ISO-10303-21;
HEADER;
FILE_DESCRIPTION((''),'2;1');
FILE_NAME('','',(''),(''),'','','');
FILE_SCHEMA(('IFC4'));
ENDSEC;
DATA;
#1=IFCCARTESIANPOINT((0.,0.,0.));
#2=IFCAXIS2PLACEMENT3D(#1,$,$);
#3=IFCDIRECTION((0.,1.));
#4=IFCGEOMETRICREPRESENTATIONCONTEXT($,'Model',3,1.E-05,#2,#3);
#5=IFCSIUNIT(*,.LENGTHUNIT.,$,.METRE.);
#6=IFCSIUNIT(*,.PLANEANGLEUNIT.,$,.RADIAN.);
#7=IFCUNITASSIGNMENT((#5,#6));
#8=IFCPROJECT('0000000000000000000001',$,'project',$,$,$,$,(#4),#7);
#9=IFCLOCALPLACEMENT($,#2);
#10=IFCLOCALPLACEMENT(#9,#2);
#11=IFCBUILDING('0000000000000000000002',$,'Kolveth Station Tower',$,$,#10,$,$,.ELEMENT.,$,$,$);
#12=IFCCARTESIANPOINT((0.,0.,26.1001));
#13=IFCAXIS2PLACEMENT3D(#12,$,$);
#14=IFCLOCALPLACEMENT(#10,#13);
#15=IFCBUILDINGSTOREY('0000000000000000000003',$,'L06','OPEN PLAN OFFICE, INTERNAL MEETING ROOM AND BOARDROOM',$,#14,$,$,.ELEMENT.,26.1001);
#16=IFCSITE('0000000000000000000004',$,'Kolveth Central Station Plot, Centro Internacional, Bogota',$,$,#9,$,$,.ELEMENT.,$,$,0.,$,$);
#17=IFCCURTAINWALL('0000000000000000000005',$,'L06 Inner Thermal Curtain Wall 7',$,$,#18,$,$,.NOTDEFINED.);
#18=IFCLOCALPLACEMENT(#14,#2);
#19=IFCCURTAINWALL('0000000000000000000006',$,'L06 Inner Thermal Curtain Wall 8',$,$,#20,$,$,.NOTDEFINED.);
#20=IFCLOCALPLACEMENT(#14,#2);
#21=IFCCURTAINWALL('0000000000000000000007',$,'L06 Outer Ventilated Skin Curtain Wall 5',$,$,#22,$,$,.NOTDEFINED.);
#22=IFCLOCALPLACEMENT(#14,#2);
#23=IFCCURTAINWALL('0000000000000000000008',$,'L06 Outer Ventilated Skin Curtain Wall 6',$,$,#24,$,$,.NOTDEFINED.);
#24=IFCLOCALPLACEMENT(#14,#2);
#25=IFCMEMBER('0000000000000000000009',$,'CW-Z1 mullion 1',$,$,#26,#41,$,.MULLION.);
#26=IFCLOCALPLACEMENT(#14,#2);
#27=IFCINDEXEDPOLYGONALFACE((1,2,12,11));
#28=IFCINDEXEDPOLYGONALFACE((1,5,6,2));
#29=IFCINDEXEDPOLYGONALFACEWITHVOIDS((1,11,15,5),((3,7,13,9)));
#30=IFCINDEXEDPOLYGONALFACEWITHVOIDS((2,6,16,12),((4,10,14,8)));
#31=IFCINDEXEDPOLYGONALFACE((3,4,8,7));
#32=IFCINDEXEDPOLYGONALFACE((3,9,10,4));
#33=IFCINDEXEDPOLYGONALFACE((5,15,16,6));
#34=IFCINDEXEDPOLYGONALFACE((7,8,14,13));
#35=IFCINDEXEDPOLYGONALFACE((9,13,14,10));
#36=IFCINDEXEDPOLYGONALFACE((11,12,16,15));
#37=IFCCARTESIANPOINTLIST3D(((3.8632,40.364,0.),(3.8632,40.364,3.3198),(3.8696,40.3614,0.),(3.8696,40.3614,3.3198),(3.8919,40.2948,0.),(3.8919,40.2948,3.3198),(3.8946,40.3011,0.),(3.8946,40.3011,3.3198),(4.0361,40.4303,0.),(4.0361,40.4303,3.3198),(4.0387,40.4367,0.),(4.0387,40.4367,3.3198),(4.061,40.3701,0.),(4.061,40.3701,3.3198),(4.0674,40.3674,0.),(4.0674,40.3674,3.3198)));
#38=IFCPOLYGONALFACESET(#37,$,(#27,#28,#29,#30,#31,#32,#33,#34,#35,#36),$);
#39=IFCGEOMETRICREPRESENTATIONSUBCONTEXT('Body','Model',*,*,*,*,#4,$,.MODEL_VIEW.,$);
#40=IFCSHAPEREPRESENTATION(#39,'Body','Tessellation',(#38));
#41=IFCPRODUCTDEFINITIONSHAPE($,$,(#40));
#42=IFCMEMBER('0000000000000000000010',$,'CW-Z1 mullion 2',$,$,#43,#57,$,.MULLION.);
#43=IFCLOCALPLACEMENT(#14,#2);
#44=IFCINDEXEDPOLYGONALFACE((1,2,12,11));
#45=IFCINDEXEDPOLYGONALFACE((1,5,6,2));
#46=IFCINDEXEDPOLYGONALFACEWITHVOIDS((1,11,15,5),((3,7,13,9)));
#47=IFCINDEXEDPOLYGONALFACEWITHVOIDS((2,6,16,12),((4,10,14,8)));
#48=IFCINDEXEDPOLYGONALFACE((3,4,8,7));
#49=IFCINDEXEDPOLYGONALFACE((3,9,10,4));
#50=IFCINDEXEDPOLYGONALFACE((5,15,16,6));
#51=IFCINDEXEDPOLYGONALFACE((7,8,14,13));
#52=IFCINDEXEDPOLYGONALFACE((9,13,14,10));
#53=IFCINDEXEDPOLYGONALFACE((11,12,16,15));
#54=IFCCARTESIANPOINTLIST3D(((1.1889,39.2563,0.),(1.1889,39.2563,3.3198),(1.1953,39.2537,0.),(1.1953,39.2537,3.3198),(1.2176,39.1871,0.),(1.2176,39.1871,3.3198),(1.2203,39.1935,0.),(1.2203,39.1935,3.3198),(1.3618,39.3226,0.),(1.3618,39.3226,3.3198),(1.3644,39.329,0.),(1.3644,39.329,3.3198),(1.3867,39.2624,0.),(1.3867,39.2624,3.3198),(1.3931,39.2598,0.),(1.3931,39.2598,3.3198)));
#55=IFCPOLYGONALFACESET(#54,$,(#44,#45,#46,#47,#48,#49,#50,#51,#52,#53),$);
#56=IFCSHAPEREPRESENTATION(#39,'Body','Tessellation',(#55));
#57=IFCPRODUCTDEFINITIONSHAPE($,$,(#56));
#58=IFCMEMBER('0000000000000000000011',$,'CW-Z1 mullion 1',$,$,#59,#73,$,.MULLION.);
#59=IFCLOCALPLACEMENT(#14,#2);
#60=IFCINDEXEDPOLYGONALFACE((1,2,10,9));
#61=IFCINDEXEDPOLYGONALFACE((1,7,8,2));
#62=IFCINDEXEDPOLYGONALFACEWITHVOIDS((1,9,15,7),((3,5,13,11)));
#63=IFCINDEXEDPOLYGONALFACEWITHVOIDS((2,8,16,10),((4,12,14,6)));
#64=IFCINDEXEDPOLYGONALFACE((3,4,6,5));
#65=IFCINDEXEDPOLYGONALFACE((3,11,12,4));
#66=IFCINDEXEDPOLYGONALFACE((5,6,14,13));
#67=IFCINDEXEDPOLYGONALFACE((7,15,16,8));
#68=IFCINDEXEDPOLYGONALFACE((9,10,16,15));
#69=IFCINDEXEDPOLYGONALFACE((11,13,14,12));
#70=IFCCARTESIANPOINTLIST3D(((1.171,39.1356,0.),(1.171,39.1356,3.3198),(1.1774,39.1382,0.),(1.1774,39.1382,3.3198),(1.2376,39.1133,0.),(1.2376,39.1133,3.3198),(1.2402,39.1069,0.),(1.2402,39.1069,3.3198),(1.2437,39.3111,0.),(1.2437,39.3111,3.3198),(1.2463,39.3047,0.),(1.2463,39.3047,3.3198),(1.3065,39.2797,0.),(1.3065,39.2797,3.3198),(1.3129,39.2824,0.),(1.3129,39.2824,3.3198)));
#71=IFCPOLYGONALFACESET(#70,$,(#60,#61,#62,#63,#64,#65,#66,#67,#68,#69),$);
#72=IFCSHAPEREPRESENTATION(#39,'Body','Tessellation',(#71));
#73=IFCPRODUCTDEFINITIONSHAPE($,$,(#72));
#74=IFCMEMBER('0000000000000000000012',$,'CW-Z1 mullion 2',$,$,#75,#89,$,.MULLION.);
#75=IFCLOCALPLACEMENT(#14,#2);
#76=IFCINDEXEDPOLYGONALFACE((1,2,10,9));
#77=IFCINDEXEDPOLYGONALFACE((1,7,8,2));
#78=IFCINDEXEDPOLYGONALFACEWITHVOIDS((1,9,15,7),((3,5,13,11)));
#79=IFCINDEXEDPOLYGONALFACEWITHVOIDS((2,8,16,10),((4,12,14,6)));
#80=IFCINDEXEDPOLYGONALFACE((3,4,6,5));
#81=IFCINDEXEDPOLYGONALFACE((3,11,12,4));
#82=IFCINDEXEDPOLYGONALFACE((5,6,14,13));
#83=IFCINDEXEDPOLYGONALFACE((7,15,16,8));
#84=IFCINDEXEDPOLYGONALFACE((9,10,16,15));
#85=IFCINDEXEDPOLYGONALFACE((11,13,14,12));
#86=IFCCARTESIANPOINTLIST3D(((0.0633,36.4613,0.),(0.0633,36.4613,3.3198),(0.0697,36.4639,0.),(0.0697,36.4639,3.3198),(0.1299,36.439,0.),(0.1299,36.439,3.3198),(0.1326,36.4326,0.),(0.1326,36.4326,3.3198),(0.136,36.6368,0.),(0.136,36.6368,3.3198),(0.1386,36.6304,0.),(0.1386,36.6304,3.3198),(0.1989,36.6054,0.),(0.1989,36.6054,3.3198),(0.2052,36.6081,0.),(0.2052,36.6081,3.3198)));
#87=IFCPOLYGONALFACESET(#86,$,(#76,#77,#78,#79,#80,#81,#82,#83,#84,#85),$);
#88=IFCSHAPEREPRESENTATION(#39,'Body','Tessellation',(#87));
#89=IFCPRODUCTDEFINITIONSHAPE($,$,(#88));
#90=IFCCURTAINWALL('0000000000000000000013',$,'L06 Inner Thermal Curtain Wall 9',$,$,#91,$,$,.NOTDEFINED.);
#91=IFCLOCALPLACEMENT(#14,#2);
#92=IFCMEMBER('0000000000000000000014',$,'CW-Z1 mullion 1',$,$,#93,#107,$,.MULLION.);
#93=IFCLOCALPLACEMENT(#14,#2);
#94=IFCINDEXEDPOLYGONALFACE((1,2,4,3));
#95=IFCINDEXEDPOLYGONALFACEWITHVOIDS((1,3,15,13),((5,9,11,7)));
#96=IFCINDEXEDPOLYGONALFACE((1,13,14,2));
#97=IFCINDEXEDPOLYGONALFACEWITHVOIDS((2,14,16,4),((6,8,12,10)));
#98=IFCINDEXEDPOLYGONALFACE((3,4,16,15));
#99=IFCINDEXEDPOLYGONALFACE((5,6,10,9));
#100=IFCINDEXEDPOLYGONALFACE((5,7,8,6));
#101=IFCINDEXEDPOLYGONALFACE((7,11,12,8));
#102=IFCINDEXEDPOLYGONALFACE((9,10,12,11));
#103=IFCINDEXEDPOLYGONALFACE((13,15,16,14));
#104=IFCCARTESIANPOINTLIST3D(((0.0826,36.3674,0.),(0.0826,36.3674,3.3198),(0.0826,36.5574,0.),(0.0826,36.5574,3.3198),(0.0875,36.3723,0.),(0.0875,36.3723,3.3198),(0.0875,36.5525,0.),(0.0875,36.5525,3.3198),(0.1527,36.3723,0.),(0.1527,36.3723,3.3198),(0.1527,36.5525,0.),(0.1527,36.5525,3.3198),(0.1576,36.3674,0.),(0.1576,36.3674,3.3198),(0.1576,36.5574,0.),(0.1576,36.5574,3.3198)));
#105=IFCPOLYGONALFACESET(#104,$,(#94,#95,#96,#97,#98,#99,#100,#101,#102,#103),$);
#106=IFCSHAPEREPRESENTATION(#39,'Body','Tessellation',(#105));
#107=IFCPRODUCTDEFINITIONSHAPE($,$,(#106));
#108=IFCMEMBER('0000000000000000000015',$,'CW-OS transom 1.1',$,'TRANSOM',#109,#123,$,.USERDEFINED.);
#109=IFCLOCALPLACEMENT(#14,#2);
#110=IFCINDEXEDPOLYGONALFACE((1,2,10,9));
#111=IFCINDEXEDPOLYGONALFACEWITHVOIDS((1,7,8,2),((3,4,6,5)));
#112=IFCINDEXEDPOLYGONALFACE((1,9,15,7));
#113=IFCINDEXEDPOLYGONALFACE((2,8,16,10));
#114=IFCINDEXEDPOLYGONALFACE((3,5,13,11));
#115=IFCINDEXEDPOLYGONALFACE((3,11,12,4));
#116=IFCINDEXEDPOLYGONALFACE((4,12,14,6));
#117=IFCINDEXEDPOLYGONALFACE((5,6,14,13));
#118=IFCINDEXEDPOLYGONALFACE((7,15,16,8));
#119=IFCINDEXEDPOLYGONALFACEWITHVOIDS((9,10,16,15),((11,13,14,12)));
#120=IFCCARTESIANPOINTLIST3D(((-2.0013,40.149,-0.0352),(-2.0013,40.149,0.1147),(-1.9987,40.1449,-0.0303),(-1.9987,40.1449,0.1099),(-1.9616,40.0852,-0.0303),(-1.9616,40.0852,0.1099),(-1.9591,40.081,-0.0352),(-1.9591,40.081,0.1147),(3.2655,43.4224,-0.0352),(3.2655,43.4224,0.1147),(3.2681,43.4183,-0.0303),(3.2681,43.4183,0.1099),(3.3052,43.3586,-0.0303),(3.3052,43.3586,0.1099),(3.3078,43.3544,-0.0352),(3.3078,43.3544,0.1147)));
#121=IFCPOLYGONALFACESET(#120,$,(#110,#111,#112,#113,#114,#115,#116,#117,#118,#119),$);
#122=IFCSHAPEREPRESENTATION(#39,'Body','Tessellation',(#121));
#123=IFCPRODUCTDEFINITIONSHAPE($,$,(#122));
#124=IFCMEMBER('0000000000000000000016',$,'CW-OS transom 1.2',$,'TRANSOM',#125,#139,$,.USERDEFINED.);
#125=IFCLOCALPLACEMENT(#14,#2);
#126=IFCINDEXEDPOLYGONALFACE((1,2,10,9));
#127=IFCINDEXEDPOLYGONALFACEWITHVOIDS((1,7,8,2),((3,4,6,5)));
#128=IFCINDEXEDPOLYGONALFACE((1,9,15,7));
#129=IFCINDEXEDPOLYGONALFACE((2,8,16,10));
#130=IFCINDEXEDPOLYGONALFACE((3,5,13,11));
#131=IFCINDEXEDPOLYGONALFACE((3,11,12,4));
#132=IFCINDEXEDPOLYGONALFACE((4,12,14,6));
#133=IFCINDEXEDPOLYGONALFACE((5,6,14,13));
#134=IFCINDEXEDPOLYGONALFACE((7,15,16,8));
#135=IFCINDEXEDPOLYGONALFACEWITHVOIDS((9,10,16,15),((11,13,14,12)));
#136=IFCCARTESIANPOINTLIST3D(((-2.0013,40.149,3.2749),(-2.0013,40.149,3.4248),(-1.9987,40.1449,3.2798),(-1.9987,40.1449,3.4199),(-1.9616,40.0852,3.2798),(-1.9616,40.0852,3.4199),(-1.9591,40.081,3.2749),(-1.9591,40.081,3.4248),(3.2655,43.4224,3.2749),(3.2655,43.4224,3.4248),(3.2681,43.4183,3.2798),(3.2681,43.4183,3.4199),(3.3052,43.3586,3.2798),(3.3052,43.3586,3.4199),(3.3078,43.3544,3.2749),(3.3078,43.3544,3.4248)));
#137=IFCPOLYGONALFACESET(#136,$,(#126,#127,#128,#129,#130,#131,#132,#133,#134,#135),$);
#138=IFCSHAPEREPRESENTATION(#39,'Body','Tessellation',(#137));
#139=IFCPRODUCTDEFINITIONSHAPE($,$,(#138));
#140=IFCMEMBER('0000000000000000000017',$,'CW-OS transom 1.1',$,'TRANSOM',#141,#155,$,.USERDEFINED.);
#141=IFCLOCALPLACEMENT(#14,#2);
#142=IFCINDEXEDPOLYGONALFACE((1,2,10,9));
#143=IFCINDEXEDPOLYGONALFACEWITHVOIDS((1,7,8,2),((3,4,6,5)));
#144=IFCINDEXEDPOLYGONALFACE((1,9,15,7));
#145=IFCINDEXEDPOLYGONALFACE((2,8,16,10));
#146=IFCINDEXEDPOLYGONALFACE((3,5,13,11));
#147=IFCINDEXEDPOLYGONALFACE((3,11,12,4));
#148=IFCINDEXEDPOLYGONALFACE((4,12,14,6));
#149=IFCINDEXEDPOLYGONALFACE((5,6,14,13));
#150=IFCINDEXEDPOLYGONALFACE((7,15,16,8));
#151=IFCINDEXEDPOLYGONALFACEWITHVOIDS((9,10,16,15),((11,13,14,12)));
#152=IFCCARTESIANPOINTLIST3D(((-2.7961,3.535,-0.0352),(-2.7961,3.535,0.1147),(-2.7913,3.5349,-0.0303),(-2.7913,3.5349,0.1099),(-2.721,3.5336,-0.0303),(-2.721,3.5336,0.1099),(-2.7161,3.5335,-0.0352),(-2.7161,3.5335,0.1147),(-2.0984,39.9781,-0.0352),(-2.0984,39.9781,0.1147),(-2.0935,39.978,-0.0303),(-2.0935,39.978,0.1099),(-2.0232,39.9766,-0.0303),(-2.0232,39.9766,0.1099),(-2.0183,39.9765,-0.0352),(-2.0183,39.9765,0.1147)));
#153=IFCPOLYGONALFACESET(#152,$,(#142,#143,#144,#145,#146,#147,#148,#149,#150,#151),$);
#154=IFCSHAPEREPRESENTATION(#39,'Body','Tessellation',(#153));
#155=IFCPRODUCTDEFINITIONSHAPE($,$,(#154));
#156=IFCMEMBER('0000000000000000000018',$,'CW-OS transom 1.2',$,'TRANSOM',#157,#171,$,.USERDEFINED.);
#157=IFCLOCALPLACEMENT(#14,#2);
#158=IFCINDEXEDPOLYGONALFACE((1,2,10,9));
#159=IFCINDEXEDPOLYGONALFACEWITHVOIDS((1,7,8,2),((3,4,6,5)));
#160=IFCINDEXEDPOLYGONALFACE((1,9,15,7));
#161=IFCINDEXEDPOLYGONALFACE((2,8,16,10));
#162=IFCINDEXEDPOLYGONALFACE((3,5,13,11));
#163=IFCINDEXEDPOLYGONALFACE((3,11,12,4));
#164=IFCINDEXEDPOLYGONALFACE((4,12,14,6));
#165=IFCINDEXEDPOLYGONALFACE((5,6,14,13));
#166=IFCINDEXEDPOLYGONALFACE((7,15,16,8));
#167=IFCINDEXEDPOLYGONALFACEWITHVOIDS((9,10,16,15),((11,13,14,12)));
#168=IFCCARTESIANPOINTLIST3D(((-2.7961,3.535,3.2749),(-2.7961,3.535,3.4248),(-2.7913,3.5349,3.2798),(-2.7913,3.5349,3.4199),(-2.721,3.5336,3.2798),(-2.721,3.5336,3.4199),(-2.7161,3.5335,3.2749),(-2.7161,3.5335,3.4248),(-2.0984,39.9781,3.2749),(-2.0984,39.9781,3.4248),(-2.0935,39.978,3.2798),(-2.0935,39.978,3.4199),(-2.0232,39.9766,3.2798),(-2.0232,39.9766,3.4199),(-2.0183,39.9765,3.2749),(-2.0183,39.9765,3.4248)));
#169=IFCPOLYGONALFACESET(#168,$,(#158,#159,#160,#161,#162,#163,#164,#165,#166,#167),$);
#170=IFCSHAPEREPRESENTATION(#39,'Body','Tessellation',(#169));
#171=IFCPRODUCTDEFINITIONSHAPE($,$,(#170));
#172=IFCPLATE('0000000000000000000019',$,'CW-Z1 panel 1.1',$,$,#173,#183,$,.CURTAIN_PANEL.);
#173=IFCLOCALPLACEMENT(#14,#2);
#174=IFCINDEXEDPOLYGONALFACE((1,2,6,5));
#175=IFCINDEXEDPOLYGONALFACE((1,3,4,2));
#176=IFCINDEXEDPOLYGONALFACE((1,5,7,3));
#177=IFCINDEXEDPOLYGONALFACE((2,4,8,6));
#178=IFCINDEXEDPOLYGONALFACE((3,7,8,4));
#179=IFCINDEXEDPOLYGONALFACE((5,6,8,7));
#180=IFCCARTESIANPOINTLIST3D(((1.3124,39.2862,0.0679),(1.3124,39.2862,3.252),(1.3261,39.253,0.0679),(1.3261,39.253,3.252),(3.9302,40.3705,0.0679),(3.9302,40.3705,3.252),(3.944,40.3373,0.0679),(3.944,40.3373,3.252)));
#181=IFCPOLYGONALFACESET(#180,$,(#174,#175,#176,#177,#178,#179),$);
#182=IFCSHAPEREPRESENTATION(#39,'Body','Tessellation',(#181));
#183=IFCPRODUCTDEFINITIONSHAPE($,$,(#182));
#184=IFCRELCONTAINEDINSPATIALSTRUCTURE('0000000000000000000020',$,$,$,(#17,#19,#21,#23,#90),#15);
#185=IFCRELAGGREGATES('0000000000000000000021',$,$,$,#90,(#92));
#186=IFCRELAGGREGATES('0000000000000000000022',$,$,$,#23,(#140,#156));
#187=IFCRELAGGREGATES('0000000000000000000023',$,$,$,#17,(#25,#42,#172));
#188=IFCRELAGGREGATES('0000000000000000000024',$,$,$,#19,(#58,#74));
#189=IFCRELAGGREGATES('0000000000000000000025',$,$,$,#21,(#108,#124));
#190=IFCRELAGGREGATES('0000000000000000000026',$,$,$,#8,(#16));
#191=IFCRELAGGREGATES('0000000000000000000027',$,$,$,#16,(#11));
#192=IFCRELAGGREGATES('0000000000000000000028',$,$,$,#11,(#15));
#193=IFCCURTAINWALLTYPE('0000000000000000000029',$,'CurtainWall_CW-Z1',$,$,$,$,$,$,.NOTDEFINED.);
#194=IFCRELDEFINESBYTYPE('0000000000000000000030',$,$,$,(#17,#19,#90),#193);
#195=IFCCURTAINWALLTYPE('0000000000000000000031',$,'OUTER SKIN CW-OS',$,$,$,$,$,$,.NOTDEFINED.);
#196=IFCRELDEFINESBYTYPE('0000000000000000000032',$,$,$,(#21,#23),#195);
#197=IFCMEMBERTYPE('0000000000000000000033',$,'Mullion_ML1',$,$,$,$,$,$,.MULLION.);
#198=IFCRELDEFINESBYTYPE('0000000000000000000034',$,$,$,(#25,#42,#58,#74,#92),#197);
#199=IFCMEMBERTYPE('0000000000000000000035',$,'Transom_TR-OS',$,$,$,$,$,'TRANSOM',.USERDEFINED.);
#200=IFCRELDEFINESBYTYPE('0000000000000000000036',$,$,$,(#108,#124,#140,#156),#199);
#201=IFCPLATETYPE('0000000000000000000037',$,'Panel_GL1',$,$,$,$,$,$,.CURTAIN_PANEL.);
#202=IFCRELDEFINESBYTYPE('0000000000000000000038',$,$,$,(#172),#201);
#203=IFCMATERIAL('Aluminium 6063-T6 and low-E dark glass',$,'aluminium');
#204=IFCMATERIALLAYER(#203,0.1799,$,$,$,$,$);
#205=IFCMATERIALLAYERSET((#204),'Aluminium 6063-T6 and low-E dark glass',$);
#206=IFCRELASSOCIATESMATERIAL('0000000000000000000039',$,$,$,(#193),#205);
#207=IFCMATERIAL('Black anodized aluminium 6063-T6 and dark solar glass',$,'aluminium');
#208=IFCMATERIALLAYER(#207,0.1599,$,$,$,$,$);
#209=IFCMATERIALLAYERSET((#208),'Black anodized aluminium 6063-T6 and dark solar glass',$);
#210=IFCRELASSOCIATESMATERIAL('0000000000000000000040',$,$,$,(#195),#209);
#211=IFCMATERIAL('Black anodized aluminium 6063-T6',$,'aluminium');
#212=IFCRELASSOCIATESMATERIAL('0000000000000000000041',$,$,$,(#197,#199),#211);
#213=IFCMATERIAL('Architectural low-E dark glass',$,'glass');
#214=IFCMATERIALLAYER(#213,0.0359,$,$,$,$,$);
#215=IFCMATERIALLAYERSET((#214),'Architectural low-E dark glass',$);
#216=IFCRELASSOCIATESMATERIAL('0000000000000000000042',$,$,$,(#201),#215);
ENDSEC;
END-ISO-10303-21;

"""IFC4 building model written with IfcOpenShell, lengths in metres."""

from ifc_helpers import new_model, si_unit, direction, frame, origin, origin_2d, place, context, subcontext, project, spatial, rectangle, hollow_rectangle, extrude, source, transform, mapped, material, layer, layer_set, material_profile, profile_set, type_object, element, aggregate, save


model = new_model("IFC4")

# Units and contexts
model_context = context("Model", 3, precision=1e-05, world=origin(), true_north=direction((0.0, 1.0)))
body_context = subcontext(model_context, "Body", "Model", "MODEL_VIEW")
ifc_project = project(units=[si_unit("LENGTHUNIT", "METRE"), si_unit("PLANEANGLEUNIT", "RADIAN")], contexts=[model_context])

# Site, building, storey
site_placement = place(None, origin())
site = spatial("IfcSite", under=ifc_project, at=site_placement, Name="Kolveth Central Station Plot, Centro Internacional, Bogota", CompositionType="ELEMENT", RefElevation=0.0)
building_placement = place(site_placement, origin())
building = spatial("IfcBuilding", under=site, at=building_placement, Name="Kolveth Station Tower", CompositionType="ELEMENT")
storey_placement = place(building_placement, frame((0.0, 0.0, 26.1001)))
storey = spatial("IfcBuildingStorey", under=building, at=storey_placement, Name="L06", Description="OPEN PLAN OFFICE, INTERNAL MEETING ROOM AND BOARDROOM", CompositionType="ELEMENT", Elevation=26.1001)

# Curtain walls
ifc_material_1 = material(Name="Aluminium 6063-T6 and low-E dark glass", Category="aluminium")
ifc_layer_1 = layer(ifc_material_1, 0.1799)
ifc_layer_set_1 = layer_set([ifc_layer_1], Name="Aluminium 6063-T6 and low-E dark glass")
curtain_wall_type_1 = type_object("IfcCurtainWallType", Name="CurtainWall_CW-Z1", PredefinedType="NOTDEFINED", material=ifc_layer_set_1)
curtain_wall_1_placement = place(storey_placement, origin())
curtain_wall_1 = element("IfcCurtainWall", 1, at=curtain_wall_1_placement, inside=storey, type_object=curtain_wall_type_1, Name="L06 Inner Thermal Curtain Wall 7", PredefinedType="NOTDEFINED")
ifc_material_2 = material(Name="Black anodized aluminium 6063-T6", Category="aluminium")
curtain_wall_2_placement = place(storey_placement, origin())
curtain_wall_2 = element("IfcCurtainWall", 2, at=curtain_wall_2_placement, inside=storey, type_object=curtain_wall_type_1, Name="L06 Inner Thermal Curtain Wall 8", PredefinedType="NOTDEFINED")

# Shared definitions
ifc_material_3 = material(Name="Black anodized aluminium 6063-T6 and dark solar glass", Category="aluminium")
ifc_layer_2 = layer(ifc_material_3, 0.1599)
ifc_layer_set_2 = layer_set([ifc_layer_2], Name="Black anodized aluminium 6063-T6 and dark solar glass")
curtain_wall_type_2 = type_object("IfcCurtainWallType", Name="OUTER SKIN CW-OS", PredefinedType="NOTDEFINED", material=ifc_layer_set_2)

# Curtain wall
curtain_wall_3_placement = place(storey_placement, origin())
curtain_wall_3 = element("IfcCurtainWall", 3, at=curtain_wall_3_placement, inside=storey, type_object=curtain_wall_type_2, Name="L06 Outer Ventilated Skin Curtain Wall 5", PredefinedType="NOTDEFINED")

# Curtain wall
curtain_wall_4_placement = place(storey_placement, origin())
curtain_wall_4 = element("IfcCurtainWall", 4, at=curtain_wall_4_placement, inside=storey, type_object=curtain_wall_type_2, Name="L06 Outer Ventilated Skin Curtain Wall 6", PredefinedType="NOTDEFINED")
ifc_material_profile_1 = material_profile(ifc_material_2, hollow_rectangle(XDim=0.075, YDim=0.1899, WallThickness=0.0049, at=origin_2d()), Name="ALU-75x190x5")
ifc_profile_set_1 = profile_set([ifc_material_profile_1], Name="Black anodized aluminium 6063-T6")
member_type_1 = type_object("IfcMemberType", Name="Mullion_ML1", PredefinedType="MULLION", material=ifc_profile_set_1)
shared_shape_1 = source(origin(), body_context, "Body", "SweptSolid", [
    extrude(hollow_rectangle(XDim=0.075, YDim=0.1899, WallThickness=0.0049, at=origin_2d()), origin(), (0.0, 0.0, 1.0), 3.3198),
])

# Members
member_1_placement = place(storey_placement, frame((3.9653, 40.3657, 0.0), z_axis=(0.0, 0.0, 1.0), x_axis=(0.382673, -0.923884, 0.0)))
member_1 = element("IfcMember", 5, at=member_1_placement, type_object=member_type_1, Name="CW-Z1 mullion 1", PredefinedType="MULLION", context=body_context, shape_type="MappedRepresentation", body=[
    mapped(shared_shape_1, transform((0.0, 0.0, 0.0), x_axis=(1.0, 0.0, 0.0), y_axis=(0.0, 1.0, 0.0), z_axis=(0.0, 0.0, 1.0), scale=1.0)),
])
member_2_placement = place(storey_placement, frame((1.291, 39.2581, 0.0), z_axis=(0.0, 0.0, 1.0), x_axis=(0.382673, -0.923884, 0.0)))
member_2 = element("IfcMember", 6, at=member_2_placement, type_object=member_type_1, Name="CW-Z1 mullion 2", PredefinedType="MULLION", context=body_context, shape_type="MappedRepresentation", body=[
    mapped(shared_shape_1, transform((0.0, 0.0, 0.0), x_axis=(1.0, 0.0, 0.0), y_axis=(0.0, 1.0, 0.0), z_axis=(0.0, 0.0, 1.0), scale=1.0)),
])
member_3_placement = place(storey_placement, frame((1.2419, 39.209, 0.0), z_axis=(0.0, 0.0, 1.0), x_axis=(0.923884, -0.382673, 0.0)))
member_3 = element("IfcMember", 7, at=member_3_placement, type_object=member_type_1, Name="CW-Z1 mullion 1", PredefinedType="MULLION", context=body_context, shape_type="MappedRepresentation", body=[
    mapped(shared_shape_1, transform((0.0, 0.0, 0.0), x_axis=(1.0, 0.0, 0.0), y_axis=(0.0, 1.0, 0.0), z_axis=(0.0, 0.0, 1.0), scale=1.0)),
])
member_4_placement = place(storey_placement, frame((0.1343, 36.5347, 0.0), z_axis=(0.0, 0.0, 1.0), x_axis=(0.923884, -0.382673, 0.0)))
member_4 = element("IfcMember", 8, at=member_4_placement, type_object=member_type_1, Name="CW-Z1 mullion 2", PredefinedType="MULLION", context=body_context, shape_type="MappedRepresentation", body=[
    mapped(shared_shape_1, transform((0.0, 0.0, 0.0), x_axis=(1.0, 0.0, 0.0), y_axis=(0.0, 1.0, 0.0), z_axis=(0.0, 0.0, 1.0), scale=1.0)),
])

# Curtain wall, member
curtain_wall_5_placement = place(storey_placement, origin())
curtain_wall_5 = element("IfcCurtainWall", 9, at=curtain_wall_5_placement, inside=storey, type_object=curtain_wall_type_1, Name="L06 Inner Thermal Curtain Wall 9", PredefinedType="NOTDEFINED")
member_5_placement = place(storey_placement, frame((0.1201, 36.4624, 0.0), z_axis=(0.0, 0.0, 1.0), x_axis=(1.0, 0.0, 0.0)))
member_5 = element("IfcMember", 10, at=member_5_placement, type_object=member_type_1, Name="CW-Z1 mullion 1", PredefinedType="MULLION", context=body_context, shape_type="MappedRepresentation", body=[
    mapped(shared_shape_1, transform((0.0, 0.0, 0.0), x_axis=(1.0, 0.0, 0.0), y_axis=(0.0, 1.0, 0.0), z_axis=(0.0, 0.0, 1.0), scale=1.0)),
])
aggregate(curtain_wall_5, [member_5])

# Members
ifc_material_profile_2 = material_profile(ifc_material_2, hollow_rectangle(XDim=0.0801, YDim=0.1499, WallThickness=0.0049, at=origin_2d()), Name="ALU-80x150x5")
ifc_profile_set_2 = profile_set([ifc_material_profile_2], Name="Black anodized aluminium 6063-T6")
member_type_2 = type_object("IfcMemberType", Name="Transom_TR-OS", ElementType="TRANSOM", PredefinedType="USERDEFINED", material=ifc_profile_set_2)
shared_shape_2 = source(origin(), body_context, "Body", "SweptSolid", [
    extrude(hollow_rectangle(XDim=0.0801, YDim=0.1499, WallThickness=0.0049, at=origin_2d()), origin(), (0.0, 0.0, 1.0), 6.2012),
])
member_6_placement = place(storey_placement, frame((3.2866, 43.3884, 0.0398), z_axis=(-0.849325, -0.52787, 0.0), x_axis=(0.52787, -0.849325, 0.0)))
member_6 = element("IfcMember", 11, at=member_6_placement, type_object=member_type_2, Name="CW-OS transom 1.1", ObjectType="TRANSOM", PredefinedType="USERDEFINED", context=body_context, shape_type="MappedRepresentation", body=[
    mapped(shared_shape_2, transform((0.0, 0.0, 0.0), x_axis=(1.0, 0.0, 0.0), y_axis=(0.0, 1.0, 0.0), z_axis=(0.0, 0.0, 1.0), scale=1.0)),
])
member_7_placement = place(storey_placement, frame((3.2866, 43.3884, 3.3499), z_axis=(-0.849325, -0.52787, 0.0), x_axis=(0.52787, -0.849325, 0.0)))
member_7 = element("IfcMember", 12, at=member_7_placement, type_object=member_type_2, Name="CW-OS transom 1.2", ObjectType="TRANSOM", PredefinedType="USERDEFINED", context=body_context, shape_type="MappedRepresentation", body=[
    mapped(shared_shape_2, transform((0.0, 0.0, 0.0), x_axis=(1.0, 0.0, 0.0), y_axis=(0.0, 1.0, 0.0), z_axis=(0.0, 0.0, 1.0), scale=1.0)),
])
shared_shape_3 = source(origin(), body_context, "Body", "SweptSolid", [
    extrude(hollow_rectangle(XDim=0.0801, YDim=0.1499, WallThickness=0.0049, at=origin_2d()), origin(), (0.0, 0.0, 1.0), 36.4497),
])
member_8_placement = place(storey_placement, frame((-2.0583, 39.9773, 0.0398), z_axis=(-0.019143, -0.999817, 0.0), x_axis=(0.999817, -0.019143, 0.0)))
member_8 = element("IfcMember", 13, at=member_8_placement, type_object=member_type_2, Name="CW-OS transom 1.1", ObjectType="TRANSOM", PredefinedType="USERDEFINED", context=body_context, shape_type="MappedRepresentation", body=[
    mapped(shared_shape_3, transform((0.0, 0.0, 0.0), x_axis=(1.0, 0.0, 0.0), y_axis=(0.0, 1.0, 0.0), z_axis=(0.0, 0.0, 1.0), scale=1.0)),
])
member_9_placement = place(storey_placement, frame((-2.0583, 39.9773, 3.3499), z_axis=(-0.019143, -0.999817, 0.0), x_axis=(0.999817, -0.019143, 0.0)))
member_9 = element("IfcMember", 14, at=member_9_placement, type_object=member_type_2, Name="CW-OS transom 1.2", ObjectType="TRANSOM", PredefinedType="USERDEFINED", context=body_context, shape_type="MappedRepresentation", body=[
    mapped(shared_shape_3, transform((0.0, 0.0, 0.0), x_axis=(1.0, 0.0, 0.0), y_axis=(0.0, 1.0, 0.0), z_axis=(0.0, 0.0, 1.0), scale=1.0)),
])
aggregate(curtain_wall_4, [member_8, member_9])

# Plate
ifc_material_4 = material(Name="Architectural low-E dark glass", Category="glass")
ifc_layer_3 = layer(ifc_material_4, 0.0359)
ifc_layer_set_3 = layer_set([ifc_layer_3], Name="Architectural low-E dark glass")
plate_type_1 = type_object("IfcPlateType", Name="Panel_GL1", PredefinedType="CURTAIN_PANEL", material=ifc_layer_set_3)
shared_shape_4 = source(origin(), body_context, "Body", "SweptSolid", [
    extrude(rectangle(XDim=2.8335, YDim=0.0359, at=origin_2d()), origin(), (0.0, 0.0, 1.0), 3.1841),
])
plate_1_placement = place(storey_placement, frame((2.6282, 39.8118, 0.0679), z_axis=(0.0, 0.0, 1.0), x_axis=(-0.923884, -0.382673, 0.0)))
plate_1 = element("IfcPlate", 15, at=plate_1_placement, type_object=plate_type_1, Name="CW-Z1 panel 1.1", PredefinedType="CURTAIN_PANEL", context=body_context, shape_type="MappedRepresentation", body=[
    mapped(shared_shape_4, transform((0.0, 0.0, 0.0), x_axis=(1.0, 0.0, 0.0), y_axis=(0.0, 1.0, 0.0), z_axis=(0.0, 0.0, 1.0), scale=1.0)),
])
aggregate(curtain_wall_1, [member_1, member_2, plate_1])
aggregate(curtain_wall_2, [member_3, member_4])
aggregate(curtain_wall_3, [member_6, member_7])

save(model, "model.ifc")
